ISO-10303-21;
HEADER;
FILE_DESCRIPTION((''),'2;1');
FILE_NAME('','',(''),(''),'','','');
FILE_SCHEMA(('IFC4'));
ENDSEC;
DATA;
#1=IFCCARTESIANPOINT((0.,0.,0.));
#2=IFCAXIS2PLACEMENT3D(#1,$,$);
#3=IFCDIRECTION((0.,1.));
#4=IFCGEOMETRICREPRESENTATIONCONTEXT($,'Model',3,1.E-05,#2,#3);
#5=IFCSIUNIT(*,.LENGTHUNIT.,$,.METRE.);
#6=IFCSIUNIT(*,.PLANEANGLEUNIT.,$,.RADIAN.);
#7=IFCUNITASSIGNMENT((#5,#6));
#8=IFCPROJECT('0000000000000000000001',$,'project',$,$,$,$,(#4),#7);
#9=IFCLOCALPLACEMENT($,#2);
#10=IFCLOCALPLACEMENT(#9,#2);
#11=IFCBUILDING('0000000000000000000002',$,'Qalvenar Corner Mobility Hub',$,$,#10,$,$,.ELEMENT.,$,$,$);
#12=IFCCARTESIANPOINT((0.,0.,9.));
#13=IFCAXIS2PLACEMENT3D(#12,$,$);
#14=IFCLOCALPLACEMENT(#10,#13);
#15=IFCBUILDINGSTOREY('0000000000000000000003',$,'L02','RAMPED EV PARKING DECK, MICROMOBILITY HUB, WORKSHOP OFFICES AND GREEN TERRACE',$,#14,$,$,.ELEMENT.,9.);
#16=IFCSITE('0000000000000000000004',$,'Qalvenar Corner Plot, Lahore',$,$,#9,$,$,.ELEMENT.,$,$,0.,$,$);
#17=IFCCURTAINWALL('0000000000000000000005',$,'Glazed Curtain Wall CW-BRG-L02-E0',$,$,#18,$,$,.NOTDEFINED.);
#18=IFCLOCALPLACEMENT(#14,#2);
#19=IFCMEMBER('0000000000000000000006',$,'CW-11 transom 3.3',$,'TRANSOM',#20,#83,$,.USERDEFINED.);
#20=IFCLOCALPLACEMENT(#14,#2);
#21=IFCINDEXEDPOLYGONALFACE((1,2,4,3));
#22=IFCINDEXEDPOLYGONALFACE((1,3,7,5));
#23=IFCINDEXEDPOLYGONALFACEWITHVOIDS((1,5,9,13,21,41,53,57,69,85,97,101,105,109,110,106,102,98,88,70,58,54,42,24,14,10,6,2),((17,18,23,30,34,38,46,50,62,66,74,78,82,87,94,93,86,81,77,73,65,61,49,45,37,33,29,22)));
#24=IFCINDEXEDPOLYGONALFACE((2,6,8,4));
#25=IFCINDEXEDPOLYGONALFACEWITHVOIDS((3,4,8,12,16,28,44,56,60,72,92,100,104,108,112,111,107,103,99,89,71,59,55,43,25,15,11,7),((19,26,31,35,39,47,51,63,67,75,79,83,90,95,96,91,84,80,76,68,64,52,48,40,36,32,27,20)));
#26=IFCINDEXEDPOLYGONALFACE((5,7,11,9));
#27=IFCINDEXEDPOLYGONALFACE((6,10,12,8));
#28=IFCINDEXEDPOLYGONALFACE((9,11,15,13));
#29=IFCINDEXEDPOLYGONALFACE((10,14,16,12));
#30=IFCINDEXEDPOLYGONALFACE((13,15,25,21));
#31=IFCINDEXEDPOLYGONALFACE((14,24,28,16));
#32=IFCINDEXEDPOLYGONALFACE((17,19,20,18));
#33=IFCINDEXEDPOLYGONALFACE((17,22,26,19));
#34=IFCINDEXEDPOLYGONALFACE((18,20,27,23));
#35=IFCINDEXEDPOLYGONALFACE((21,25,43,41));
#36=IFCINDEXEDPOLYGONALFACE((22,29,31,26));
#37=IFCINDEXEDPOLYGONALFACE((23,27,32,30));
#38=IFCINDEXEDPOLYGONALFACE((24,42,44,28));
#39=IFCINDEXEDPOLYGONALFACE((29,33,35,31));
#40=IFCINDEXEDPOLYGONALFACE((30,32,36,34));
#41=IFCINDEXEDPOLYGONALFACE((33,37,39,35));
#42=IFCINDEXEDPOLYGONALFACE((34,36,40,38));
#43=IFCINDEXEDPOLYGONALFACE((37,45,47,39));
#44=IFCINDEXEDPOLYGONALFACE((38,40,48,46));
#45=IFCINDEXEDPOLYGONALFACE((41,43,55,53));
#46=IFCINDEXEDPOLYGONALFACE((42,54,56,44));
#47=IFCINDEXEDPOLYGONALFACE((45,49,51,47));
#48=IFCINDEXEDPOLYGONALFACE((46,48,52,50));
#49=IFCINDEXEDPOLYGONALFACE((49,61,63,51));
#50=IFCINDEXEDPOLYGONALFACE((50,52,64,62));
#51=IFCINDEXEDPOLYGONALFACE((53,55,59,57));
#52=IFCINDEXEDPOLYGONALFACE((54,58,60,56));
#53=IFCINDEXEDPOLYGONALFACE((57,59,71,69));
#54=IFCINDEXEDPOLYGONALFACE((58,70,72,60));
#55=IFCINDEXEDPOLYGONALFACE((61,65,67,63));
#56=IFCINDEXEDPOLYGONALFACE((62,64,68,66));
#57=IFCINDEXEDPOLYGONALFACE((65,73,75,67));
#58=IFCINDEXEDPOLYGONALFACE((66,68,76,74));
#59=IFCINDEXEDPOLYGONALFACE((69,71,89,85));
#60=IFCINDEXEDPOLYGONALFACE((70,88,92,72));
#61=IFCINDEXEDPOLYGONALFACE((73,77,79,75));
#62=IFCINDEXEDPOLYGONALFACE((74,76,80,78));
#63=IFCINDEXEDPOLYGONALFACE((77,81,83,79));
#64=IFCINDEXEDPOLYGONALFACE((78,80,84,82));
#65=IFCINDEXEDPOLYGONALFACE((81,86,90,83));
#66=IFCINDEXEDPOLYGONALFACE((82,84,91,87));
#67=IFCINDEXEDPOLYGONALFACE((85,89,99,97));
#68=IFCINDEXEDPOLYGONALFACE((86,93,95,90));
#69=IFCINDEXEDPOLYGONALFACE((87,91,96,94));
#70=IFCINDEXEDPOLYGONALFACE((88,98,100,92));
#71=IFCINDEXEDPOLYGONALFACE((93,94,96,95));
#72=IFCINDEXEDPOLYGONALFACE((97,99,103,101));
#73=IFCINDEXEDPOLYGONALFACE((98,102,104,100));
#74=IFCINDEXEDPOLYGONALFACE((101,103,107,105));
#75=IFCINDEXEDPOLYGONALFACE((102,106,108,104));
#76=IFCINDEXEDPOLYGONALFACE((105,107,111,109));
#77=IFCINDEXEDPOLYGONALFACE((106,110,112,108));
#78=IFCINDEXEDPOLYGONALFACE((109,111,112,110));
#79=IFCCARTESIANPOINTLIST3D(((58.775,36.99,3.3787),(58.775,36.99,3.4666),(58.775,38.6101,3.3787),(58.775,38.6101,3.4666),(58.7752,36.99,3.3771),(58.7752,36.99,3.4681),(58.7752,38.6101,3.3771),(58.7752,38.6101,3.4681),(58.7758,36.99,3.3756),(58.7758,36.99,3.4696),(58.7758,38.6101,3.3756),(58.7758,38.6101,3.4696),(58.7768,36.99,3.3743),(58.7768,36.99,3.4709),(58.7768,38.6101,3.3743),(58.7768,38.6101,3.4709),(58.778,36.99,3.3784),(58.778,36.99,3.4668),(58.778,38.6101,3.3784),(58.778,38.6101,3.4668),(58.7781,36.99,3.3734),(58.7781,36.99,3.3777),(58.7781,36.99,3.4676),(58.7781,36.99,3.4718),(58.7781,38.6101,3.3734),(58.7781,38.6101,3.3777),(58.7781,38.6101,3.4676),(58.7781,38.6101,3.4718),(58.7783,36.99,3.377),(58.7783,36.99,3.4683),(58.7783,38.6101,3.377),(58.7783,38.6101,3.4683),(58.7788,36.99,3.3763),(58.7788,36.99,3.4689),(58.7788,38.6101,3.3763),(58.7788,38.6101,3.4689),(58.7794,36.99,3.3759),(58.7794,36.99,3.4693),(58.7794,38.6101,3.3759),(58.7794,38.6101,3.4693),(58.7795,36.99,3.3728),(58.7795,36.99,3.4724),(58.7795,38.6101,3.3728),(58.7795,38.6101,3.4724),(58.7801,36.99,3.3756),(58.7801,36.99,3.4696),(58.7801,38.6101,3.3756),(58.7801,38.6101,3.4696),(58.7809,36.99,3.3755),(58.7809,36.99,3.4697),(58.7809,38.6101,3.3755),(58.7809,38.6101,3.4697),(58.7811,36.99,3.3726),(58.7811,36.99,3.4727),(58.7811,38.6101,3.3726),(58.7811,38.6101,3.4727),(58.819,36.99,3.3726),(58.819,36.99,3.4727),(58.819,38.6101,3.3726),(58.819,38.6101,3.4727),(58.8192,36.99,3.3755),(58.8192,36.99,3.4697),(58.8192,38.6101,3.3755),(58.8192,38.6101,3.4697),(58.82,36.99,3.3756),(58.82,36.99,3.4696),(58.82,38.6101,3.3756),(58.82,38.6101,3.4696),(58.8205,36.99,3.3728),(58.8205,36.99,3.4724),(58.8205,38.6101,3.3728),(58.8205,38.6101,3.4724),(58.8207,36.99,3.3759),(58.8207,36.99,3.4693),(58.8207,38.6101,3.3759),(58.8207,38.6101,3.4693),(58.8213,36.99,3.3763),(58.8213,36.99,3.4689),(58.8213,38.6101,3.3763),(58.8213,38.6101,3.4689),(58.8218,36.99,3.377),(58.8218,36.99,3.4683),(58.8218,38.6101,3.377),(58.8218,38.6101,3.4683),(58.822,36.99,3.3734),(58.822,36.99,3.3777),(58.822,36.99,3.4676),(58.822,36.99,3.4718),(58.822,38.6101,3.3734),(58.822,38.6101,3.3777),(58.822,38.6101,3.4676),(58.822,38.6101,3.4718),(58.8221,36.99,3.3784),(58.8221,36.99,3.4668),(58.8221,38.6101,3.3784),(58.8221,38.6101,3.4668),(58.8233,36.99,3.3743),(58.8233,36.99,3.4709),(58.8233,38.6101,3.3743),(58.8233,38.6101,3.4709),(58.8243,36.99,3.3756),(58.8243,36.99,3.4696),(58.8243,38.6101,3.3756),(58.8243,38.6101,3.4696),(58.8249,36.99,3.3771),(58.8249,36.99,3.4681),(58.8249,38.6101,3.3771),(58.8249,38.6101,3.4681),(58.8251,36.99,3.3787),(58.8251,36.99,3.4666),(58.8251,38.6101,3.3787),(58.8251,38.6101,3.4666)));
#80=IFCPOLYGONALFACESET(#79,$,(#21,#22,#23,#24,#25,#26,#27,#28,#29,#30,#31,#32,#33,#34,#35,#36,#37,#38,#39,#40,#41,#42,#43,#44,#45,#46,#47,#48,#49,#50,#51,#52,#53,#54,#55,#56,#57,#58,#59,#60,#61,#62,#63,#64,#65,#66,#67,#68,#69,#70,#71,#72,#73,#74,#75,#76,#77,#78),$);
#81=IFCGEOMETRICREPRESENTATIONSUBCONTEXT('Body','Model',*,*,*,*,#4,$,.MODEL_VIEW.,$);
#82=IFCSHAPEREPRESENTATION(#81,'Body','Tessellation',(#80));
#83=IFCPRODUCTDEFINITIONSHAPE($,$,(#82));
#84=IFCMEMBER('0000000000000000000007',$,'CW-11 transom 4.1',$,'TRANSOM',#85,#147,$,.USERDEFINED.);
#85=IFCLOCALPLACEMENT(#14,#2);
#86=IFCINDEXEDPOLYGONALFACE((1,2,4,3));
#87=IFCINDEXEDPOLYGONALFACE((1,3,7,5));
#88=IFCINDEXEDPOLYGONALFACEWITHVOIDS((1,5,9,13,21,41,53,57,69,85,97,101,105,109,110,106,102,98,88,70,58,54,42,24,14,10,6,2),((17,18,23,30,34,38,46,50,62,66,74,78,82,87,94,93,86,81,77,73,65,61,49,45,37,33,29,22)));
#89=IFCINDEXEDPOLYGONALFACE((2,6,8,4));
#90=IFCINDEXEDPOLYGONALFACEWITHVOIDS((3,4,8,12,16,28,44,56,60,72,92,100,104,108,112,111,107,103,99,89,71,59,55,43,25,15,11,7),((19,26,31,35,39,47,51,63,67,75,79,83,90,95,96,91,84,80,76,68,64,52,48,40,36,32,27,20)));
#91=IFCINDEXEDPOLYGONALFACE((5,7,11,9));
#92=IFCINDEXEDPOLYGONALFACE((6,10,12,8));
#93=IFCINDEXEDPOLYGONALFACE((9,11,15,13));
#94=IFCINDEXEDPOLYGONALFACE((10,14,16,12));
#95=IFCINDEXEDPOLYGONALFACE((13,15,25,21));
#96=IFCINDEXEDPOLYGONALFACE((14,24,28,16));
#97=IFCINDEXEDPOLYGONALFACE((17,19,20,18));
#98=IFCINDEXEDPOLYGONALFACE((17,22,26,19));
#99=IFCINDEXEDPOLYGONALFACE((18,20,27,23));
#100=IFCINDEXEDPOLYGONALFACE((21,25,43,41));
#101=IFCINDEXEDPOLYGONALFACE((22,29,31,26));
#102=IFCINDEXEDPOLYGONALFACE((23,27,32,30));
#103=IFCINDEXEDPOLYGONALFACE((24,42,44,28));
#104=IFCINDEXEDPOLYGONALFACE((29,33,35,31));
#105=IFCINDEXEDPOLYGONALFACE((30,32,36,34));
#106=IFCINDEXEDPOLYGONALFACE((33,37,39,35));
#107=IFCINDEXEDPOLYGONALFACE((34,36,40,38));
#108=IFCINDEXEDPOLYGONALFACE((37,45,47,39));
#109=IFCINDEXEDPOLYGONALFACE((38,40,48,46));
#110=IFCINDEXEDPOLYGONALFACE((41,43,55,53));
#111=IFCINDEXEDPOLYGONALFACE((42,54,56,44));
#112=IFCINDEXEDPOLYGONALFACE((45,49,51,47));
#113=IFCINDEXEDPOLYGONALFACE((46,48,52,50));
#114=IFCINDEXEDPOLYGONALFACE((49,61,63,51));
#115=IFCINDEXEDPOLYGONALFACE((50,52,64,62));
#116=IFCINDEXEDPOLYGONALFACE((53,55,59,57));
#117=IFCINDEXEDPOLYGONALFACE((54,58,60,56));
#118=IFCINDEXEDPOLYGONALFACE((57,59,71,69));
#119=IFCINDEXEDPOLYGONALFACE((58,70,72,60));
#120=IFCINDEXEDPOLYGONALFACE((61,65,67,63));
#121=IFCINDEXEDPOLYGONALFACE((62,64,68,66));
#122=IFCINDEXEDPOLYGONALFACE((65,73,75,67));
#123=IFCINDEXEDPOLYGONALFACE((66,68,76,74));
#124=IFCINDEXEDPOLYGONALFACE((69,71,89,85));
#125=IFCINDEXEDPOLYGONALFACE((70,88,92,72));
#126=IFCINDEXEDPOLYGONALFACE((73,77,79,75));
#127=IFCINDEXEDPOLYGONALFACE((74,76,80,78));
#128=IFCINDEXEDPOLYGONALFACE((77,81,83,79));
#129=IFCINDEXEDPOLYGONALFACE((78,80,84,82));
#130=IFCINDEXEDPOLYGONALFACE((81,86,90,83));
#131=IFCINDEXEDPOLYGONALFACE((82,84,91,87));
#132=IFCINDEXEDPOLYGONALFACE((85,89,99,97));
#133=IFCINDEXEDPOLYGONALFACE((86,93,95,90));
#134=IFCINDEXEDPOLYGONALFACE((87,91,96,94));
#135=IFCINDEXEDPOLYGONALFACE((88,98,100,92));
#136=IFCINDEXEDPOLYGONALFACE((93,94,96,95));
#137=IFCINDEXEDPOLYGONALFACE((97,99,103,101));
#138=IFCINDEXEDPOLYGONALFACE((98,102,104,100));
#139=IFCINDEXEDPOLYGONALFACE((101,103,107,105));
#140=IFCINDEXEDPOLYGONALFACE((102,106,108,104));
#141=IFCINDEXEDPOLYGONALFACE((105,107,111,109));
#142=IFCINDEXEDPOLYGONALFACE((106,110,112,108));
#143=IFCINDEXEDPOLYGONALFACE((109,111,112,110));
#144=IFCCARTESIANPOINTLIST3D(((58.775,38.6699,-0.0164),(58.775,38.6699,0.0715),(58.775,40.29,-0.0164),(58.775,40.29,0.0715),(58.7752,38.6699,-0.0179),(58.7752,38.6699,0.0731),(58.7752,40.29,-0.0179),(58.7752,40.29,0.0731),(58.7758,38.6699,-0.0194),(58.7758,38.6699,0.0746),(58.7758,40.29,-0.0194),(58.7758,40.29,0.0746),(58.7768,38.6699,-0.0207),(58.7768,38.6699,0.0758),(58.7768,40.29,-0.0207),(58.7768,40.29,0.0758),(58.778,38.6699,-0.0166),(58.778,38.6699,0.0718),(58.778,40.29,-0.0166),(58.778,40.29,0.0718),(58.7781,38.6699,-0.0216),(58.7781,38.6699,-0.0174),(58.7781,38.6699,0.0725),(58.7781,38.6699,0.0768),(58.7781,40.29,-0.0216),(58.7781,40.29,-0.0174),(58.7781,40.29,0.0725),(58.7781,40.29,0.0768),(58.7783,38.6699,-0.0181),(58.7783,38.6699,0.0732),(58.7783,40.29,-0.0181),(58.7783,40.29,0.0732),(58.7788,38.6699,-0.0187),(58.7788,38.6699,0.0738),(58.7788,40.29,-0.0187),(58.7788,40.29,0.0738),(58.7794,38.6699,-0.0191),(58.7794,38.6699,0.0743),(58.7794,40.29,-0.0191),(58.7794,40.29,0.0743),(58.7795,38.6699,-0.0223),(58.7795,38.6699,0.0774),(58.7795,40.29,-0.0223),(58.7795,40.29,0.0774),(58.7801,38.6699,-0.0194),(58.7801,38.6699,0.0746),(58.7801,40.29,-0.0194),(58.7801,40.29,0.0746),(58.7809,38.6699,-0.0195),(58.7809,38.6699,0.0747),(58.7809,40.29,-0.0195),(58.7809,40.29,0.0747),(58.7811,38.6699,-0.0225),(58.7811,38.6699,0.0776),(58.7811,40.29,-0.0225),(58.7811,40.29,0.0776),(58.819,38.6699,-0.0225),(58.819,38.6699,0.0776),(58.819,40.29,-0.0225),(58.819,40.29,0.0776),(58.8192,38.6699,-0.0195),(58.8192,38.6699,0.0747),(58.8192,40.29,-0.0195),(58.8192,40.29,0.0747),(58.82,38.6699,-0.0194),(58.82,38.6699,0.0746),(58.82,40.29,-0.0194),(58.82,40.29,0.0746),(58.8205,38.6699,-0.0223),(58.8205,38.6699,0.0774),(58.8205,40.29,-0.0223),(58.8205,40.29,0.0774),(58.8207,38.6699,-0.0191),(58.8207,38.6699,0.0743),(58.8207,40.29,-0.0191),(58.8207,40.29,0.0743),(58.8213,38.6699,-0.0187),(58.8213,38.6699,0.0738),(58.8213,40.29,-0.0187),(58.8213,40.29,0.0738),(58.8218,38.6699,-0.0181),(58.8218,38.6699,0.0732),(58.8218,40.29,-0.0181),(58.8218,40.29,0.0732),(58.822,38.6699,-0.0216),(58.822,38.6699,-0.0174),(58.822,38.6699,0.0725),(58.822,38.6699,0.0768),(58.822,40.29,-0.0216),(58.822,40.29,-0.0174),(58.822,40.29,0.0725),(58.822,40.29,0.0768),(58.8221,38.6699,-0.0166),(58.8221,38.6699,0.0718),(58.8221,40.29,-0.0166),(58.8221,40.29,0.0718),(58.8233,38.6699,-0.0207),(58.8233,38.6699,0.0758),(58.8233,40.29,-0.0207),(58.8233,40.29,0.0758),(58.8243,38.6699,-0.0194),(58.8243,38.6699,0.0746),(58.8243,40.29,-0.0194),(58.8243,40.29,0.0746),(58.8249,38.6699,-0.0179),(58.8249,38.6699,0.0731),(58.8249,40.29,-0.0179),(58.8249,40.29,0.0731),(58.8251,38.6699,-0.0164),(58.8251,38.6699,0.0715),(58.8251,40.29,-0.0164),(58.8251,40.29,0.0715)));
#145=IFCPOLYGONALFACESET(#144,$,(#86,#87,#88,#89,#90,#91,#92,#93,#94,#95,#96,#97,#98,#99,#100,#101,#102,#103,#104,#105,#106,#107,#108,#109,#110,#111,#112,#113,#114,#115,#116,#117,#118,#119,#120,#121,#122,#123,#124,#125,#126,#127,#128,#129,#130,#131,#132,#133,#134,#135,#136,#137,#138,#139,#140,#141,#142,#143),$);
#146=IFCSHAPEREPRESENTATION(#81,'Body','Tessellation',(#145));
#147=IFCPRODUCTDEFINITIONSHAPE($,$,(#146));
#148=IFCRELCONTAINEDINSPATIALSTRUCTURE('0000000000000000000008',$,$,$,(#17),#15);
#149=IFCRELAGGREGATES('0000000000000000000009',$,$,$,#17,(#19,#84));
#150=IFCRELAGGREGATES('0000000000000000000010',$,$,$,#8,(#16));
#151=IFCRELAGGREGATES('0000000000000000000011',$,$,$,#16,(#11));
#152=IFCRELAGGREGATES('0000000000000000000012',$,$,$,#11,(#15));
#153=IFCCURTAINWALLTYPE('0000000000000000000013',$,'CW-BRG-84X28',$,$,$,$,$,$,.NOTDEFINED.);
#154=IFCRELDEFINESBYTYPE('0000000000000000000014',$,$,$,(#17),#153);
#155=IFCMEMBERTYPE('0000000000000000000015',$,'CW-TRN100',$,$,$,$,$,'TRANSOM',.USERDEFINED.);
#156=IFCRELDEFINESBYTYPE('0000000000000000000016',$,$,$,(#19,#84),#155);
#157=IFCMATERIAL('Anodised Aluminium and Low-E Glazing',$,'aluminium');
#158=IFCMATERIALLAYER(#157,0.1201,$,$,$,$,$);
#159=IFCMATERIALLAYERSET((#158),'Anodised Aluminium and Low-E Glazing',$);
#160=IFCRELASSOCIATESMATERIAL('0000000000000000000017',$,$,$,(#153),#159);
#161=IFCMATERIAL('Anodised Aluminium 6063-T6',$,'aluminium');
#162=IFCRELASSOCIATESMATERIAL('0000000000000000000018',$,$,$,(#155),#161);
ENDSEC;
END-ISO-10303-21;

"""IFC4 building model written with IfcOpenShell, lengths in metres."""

from ifc_helpers import new_model, si_unit, direction, frame, origin, origin_2d, place, context, subcontext, project, spatial, hollow_rectangle, extrude, material, layer, layer_set, material_profile, profile_set, type_object, element, aggregate, save


model = new_model("IFC4")

# Units and contexts
model_context = context("Model", 3, precision=1e-05, world=origin(), true_north=direction((0.0, 1.0)))
body_context = subcontext(model_context, "Body", "Model", "MODEL_VIEW")
ifc_project = project(units=[si_unit("LENGTHUNIT", "METRE"), si_unit("PLANEANGLEUNIT", "RADIAN")], contexts=[model_context])

# Site, building, storey
site_placement = place(None, origin())
site = spatial("IfcSite", under=ifc_project, at=site_placement, Name="Qalvenar Corner Plot, Lahore", CompositionType="ELEMENT", RefElevation=0.0)
building_placement = place(site_placement, origin())
building = spatial("IfcBuilding", under=site, at=building_placement, Name="Qalvenar Corner Mobility Hub", CompositionType="ELEMENT")
storey_placement = place(building_placement, frame((0.0, 0.0, 9.0)))
storey = spatial("IfcBuildingStorey", under=building, at=storey_placement, Name="L02", Description="RAMPED EV PARKING DECK, MICROMOBILITY HUB, WORKSHOP OFFICES AND GREEN TERRACE", CompositionType="ELEMENT", Elevation=9.0)

# Curtain wall, members
ifc_material_1 = material(Name="Anodised Aluminium and Low-E Glazing", Category="aluminium")
ifc_layer_1 = layer(ifc_material_1, 0.1201)
ifc_layer_set_1 = layer_set([ifc_layer_1], Name="Anodised Aluminium and Low-E Glazing")
curtain_wall_type = type_object("IfcCurtainWallType", Name="CW-BRG-84X28", PredefinedType="NOTDEFINED", material=ifc_layer_set_1)
curtain_wall_placement = place(storey_placement, origin())
curtain_wall = element("IfcCurtainWall", 1, at=curtain_wall_placement, inside=storey, type_object=curtain_wall_type, Name="Glazed Curtain Wall CW-BRG-L02-E0", PredefinedType="NOTDEFINED")
ifc_material_2 = material(Name="Anodised Aluminium 6063-T6", Category="aluminium")
ifc_material_profile_1 = material_profile(ifc_material_2, hollow_rectangle(XDim=0.05, YDim=0.1001, WallThickness=0.0029, InnerFilletRadius=0.0029, OuterFilletRadius=0.0061, at=origin_2d()), Name="RHS100x50x3")
ifc_profile_set_1 = profile_set([ifc_material_profile_1], Name="Anodised Aluminium 6063-T6")
member_type_1 = type_object("IfcMemberType", Name="CW-TRN100", ElementType="TRANSOM", PredefinedType="USERDEFINED", material=ifc_profile_set_1)
member_1_placement = place(storey_placement, frame((58.8, 36.99, 3.4226), z_axis=(0.0, 1.0, 0.0), x_axis=(-1.0, 0.0, 0.0)))
member_1 = element("IfcMember", 2, at=member_1_placement, type_object=member_type_1, Name="CW-11 transom 3.3", ObjectType="TRANSOM", PredefinedType="USERDEFINED", context=body_context, shape_type="SweptSolid", body=[
    extrude(hollow_rectangle(XDim=0.05, YDim=0.1001, WallThickness=0.0029, InnerFilletRadius=0.0029, OuterFilletRadius=0.0061, at=origin_2d()), origin(), (0.0, 0.0, 1.0), 1.6201),
])
member_2_placement = place(storey_placement, frame((58.8, 38.6699, 0.0276), z_axis=(0.0, 1.0, 0.0), x_axis=(-1.0, 0.0, 0.0)))
member_2 = element("IfcMember", 3, at=member_2_placement, type_object=member_type_1, Name="CW-11 transom 4.1", ObjectType="TRANSOM", PredefinedType="USERDEFINED", context=body_context, shape_type="SweptSolid", body=[
    extrude(hollow_rectangle(XDim=0.05, YDim=0.1001, WallThickness=0.0029, InnerFilletRadius=0.0029, OuterFilletRadius=0.0061, at=origin_2d()), origin(), (0.0, 0.0, 1.0), 1.6201),
])
aggregate(curtain_wall, [member_1, member_2])

save(model, "model.ifc")
